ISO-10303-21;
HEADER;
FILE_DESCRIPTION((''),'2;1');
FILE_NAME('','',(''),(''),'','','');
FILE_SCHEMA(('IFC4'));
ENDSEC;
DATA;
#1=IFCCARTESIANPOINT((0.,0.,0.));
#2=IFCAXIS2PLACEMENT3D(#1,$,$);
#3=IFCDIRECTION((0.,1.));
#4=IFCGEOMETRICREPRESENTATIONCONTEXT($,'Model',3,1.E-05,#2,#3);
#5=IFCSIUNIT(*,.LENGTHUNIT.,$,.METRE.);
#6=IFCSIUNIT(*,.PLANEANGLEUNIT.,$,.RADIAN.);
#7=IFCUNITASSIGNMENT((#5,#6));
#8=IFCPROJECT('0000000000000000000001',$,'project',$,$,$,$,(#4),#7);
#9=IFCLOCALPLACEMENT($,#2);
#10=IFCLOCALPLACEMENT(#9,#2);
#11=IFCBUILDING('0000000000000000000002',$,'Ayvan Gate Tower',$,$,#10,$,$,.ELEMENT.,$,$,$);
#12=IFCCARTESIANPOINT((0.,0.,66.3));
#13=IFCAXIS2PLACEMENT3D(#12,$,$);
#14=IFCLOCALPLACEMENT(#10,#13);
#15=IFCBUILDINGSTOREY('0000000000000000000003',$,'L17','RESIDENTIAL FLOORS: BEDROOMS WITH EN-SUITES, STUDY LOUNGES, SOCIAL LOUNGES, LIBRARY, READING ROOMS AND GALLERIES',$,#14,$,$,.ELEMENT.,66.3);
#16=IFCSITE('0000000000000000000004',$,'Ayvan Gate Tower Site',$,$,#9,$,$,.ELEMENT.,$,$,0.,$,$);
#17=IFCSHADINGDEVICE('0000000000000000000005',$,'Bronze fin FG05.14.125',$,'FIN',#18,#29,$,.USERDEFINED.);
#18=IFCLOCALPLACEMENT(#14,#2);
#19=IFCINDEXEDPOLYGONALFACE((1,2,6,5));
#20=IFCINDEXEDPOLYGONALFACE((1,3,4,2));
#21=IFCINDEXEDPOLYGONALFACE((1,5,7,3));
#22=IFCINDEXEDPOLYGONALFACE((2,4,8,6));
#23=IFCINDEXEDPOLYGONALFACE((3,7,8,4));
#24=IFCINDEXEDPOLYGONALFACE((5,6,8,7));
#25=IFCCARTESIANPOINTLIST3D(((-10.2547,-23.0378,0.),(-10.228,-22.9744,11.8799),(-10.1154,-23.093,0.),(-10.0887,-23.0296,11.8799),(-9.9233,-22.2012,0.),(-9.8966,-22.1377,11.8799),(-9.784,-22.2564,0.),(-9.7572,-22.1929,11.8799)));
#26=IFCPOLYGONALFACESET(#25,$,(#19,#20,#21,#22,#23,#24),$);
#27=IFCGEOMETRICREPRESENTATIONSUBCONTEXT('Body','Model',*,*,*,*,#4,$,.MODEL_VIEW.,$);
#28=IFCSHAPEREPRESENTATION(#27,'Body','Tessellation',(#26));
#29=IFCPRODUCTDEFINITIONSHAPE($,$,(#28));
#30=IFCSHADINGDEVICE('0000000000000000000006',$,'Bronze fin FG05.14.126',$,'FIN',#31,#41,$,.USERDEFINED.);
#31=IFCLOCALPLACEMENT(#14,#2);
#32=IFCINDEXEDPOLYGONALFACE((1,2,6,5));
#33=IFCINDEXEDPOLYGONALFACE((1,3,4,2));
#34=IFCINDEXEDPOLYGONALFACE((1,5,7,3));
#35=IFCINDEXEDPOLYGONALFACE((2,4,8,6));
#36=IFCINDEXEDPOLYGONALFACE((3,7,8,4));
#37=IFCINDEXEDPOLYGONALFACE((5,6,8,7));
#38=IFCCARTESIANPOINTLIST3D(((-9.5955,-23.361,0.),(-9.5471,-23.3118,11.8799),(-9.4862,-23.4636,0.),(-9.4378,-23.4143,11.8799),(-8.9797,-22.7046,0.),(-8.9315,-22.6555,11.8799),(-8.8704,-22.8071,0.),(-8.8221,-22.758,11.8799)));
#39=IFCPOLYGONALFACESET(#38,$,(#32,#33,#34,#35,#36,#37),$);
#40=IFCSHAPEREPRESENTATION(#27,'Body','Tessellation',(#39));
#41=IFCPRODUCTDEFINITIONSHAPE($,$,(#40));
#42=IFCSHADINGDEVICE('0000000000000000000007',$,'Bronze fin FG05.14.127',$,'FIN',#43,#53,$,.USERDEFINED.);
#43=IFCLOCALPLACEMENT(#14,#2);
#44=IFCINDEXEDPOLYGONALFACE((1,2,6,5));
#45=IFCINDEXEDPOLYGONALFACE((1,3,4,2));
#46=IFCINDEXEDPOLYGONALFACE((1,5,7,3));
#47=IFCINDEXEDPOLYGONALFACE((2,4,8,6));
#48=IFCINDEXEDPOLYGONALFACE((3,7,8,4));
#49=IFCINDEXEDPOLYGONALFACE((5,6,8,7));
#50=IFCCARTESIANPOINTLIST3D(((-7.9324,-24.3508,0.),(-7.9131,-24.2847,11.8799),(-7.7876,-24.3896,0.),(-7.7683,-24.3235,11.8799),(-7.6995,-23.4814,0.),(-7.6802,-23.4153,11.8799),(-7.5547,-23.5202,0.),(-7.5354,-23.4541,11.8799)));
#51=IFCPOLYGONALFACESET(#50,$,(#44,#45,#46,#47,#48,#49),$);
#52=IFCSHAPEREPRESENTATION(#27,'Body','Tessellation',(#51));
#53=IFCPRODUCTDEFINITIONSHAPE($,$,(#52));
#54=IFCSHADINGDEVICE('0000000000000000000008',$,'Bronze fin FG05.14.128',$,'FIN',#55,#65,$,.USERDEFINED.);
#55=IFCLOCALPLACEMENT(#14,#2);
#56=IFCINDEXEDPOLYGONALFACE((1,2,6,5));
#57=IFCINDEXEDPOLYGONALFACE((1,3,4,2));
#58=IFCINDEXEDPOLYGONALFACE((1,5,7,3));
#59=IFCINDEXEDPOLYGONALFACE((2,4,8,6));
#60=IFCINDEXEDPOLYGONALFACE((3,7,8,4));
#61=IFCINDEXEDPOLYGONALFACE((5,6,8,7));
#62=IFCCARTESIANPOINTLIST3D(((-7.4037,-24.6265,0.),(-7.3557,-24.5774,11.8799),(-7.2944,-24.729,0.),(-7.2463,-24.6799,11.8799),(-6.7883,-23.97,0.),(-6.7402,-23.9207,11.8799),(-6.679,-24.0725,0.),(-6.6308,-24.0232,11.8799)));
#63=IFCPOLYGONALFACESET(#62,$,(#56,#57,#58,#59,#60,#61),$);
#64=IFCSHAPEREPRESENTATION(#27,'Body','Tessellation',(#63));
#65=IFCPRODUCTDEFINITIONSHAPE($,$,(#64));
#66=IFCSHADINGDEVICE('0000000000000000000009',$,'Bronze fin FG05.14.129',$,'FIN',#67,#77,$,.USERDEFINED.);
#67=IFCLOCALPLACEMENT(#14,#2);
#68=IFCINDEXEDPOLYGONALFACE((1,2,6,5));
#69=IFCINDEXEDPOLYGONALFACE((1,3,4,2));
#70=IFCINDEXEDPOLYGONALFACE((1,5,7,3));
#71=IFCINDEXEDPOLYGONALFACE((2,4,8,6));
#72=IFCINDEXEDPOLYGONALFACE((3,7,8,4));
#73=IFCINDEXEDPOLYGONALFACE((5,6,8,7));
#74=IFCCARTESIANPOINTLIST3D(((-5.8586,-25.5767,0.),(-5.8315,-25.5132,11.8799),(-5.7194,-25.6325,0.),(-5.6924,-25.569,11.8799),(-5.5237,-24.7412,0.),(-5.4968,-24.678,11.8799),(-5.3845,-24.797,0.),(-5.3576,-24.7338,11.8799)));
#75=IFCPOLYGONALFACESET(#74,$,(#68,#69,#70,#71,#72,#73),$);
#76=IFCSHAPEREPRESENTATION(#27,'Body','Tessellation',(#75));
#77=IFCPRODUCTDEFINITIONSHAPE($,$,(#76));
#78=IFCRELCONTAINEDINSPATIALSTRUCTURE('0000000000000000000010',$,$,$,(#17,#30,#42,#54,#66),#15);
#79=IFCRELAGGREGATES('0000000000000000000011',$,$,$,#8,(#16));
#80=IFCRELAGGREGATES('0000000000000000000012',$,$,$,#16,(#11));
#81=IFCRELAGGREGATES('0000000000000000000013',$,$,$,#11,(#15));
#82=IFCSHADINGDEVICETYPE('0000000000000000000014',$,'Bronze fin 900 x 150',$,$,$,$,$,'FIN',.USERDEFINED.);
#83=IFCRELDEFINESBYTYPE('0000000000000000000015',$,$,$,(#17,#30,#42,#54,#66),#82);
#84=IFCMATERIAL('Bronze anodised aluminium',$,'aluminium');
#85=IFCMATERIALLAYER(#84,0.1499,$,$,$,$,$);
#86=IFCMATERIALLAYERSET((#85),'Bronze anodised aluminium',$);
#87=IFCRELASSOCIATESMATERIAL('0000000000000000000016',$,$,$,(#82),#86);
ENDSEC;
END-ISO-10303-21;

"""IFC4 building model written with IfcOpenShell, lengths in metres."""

from ifc_helpers import new_model, si_unit, direction, frame, origin, place, context, subcontext, project, spatial, polyline, outline, extrude, material, layer, layer_set, type_object, element, save


model = new_model("IFC4")

# Units and contexts
model_context = context("Model", 3, precision=1e-05, world=origin(), true_north=direction((0.0, 1.0)))
body_context = subcontext(model_context, "Body", "Model", "MODEL_VIEW")
ifc_project = project(units=[si_unit("LENGTHUNIT", "METRE"), si_unit("PLANEANGLEUNIT", "RADIAN")], contexts=[model_context])

# Site, building, storey
site_placement = place(None, origin())
site = spatial("IfcSite", under=ifc_project, at=site_placement, Name="Ayvan Gate Tower Site", CompositionType="ELEMENT", RefElevation=0.0)
building_placement = place(site_placement, origin())
building = spatial("IfcBuilding", under=site, at=building_placement, Name="Ayvan Gate Tower", CompositionType="ELEMENT")
storey_placement = place(building_placement, frame((0.0, 0.0, 66.3)))
storey = spatial("IfcBuildingStorey", under=building, at=storey_placement, Name="L17", Description="RESIDENTIAL FLOORS: BEDROOMS WITH EN-SUITES, STUDY LOUNGES, SOCIAL LOUNGES, LIBRARY, READING ROOMS AND GALLERIES", CompositionType="ELEMENT", Elevation=66.3)

# Shared definitions
ifc_material_1 = material(Name="Bronze anodised aluminium", Category="aluminium")

# Shading devices
ifc_layer_1 = layer(ifc_material_1, 0.1499)
ifc_layer_set_1 = layer_set([ifc_layer_1], Name="Bronze anodised aluminium")
shading_device_type = type_object("IfcShadingDeviceType", Name="Bronze fin 900 x 150", ElementType="FIN", PredefinedType="USERDEFINED", material=ifc_layer_set_1)
shading_device_1_placement = place(storey_placement, frame((-9.9233, -22.2012, 0.0), z_axis=(-0.929716, 0.368278, 0.000124), x_axis=(-0.368278, -0.929716, 0.0)))
element("IfcShadingDevice", 1, at=shading_device_1_placement, inside=storey, type_object=shading_device_type, Name="Bronze fin FG05.14.125", ObjectType="FIN", PredefinedType="USERDEFINED", context=body_context, shape_type="SweptSolid", body=[
    extrude(outline(polyline([(0.0, 0.0), (0.8999, 0.0), (0.8311, 11.8799), (-0.0689, 11.8799), (0.0, 0.0)])), origin(), (0.0, 0.0, -1.0), 0.1499),
])
shading_device_2_placement = place(storey_placement, frame((-8.9797, -22.7046, 0.0), z_axis=(-0.72933, 0.684162, 0.000135), x_axis=(-0.684162, -0.72933, 0.0)))
element("IfcShadingDevice", 2, at=shading_device_2_placement, inside=storey, type_object=shading_device_type, Name="Bronze fin FG05.14.126", ObjectType="FIN", PredefinedType="USERDEFINED", context=body_context, shape_type="SweptSolid", body=[
    extrude(outline(polyline([(0.0, 0.0), (0.9001, 0.0), (0.831, 11.8799), (-0.0689, 11.8799), (0.0, 0.0)])), origin(), (0.0, 0.0, -1.0), 0.1499),
])
shading_device_3_placement = place(storey_placement, frame((-7.6995, -23.4814, 0.0), z_axis=(-0.965937, 0.258777, 0.000127), x_axis=(-0.258777, -0.965937, 0.0)))
element("IfcShadingDevice", 3, at=shading_device_3_placement, inside=storey, type_object=shading_device_type, Name="Bronze fin FG05.14.127", ObjectType="FIN", PredefinedType="USERDEFINED", context=body_context, shape_type="SweptSolid", body=[
    extrude(outline(polyline([(0.0, 0.0), (0.9, 0.0), (0.8311, 11.8799), (-0.0689, 11.8799), (0.0, 0.0)])), origin(), (0.0, 0.0, -1.0), 0.1499),
])
shading_device_4_placement = place(storey_placement, frame((-6.7883, -23.97, 0.0), z_axis=(-0.729592, 0.683882, 0.000122), x_axis=(-0.683882, -0.729592, 0.0)))
element("IfcShadingDevice", 4, at=shading_device_4_placement, inside=storey, type_object=shading_device_type, Name="Bronze fin FG05.14.128", ObjectType="FIN", PredefinedType="USERDEFINED", context=body_context, shape_type="SweptSolid", body=[
    extrude(outline(polyline([(0.0, 0.0), (0.8999, 0.0), (0.8312, 11.8799), (-0.0689, 11.8799), (0.0, 0.0)])), origin(), (0.0, 0.0, -1.0), 0.1499),
])
shading_device_5_placement = place(storey_placement, frame((-5.5237, -24.7412, 0.0), z_axis=(-0.928205, 0.372069, 0.000124), x_axis=(-0.372069, -0.928205, 0.0)))
element("IfcShadingDevice", 5, at=shading_device_5_placement, inside=storey, type_object=shading_device_type, Name="Bronze fin FG05.14.129", ObjectType="FIN", PredefinedType="USERDEFINED", context=body_context, shape_type="SweptSolid", body=[
    extrude(outline(polyline([(0.0, 0.0), (0.9001, 0.0), (0.8311, 11.8799), (-0.0687, 11.8799), (0.0, 0.0)])), origin(), (0.0, 0.0, -1.0), 0.1499),
])

save(model, "model.ifc")
